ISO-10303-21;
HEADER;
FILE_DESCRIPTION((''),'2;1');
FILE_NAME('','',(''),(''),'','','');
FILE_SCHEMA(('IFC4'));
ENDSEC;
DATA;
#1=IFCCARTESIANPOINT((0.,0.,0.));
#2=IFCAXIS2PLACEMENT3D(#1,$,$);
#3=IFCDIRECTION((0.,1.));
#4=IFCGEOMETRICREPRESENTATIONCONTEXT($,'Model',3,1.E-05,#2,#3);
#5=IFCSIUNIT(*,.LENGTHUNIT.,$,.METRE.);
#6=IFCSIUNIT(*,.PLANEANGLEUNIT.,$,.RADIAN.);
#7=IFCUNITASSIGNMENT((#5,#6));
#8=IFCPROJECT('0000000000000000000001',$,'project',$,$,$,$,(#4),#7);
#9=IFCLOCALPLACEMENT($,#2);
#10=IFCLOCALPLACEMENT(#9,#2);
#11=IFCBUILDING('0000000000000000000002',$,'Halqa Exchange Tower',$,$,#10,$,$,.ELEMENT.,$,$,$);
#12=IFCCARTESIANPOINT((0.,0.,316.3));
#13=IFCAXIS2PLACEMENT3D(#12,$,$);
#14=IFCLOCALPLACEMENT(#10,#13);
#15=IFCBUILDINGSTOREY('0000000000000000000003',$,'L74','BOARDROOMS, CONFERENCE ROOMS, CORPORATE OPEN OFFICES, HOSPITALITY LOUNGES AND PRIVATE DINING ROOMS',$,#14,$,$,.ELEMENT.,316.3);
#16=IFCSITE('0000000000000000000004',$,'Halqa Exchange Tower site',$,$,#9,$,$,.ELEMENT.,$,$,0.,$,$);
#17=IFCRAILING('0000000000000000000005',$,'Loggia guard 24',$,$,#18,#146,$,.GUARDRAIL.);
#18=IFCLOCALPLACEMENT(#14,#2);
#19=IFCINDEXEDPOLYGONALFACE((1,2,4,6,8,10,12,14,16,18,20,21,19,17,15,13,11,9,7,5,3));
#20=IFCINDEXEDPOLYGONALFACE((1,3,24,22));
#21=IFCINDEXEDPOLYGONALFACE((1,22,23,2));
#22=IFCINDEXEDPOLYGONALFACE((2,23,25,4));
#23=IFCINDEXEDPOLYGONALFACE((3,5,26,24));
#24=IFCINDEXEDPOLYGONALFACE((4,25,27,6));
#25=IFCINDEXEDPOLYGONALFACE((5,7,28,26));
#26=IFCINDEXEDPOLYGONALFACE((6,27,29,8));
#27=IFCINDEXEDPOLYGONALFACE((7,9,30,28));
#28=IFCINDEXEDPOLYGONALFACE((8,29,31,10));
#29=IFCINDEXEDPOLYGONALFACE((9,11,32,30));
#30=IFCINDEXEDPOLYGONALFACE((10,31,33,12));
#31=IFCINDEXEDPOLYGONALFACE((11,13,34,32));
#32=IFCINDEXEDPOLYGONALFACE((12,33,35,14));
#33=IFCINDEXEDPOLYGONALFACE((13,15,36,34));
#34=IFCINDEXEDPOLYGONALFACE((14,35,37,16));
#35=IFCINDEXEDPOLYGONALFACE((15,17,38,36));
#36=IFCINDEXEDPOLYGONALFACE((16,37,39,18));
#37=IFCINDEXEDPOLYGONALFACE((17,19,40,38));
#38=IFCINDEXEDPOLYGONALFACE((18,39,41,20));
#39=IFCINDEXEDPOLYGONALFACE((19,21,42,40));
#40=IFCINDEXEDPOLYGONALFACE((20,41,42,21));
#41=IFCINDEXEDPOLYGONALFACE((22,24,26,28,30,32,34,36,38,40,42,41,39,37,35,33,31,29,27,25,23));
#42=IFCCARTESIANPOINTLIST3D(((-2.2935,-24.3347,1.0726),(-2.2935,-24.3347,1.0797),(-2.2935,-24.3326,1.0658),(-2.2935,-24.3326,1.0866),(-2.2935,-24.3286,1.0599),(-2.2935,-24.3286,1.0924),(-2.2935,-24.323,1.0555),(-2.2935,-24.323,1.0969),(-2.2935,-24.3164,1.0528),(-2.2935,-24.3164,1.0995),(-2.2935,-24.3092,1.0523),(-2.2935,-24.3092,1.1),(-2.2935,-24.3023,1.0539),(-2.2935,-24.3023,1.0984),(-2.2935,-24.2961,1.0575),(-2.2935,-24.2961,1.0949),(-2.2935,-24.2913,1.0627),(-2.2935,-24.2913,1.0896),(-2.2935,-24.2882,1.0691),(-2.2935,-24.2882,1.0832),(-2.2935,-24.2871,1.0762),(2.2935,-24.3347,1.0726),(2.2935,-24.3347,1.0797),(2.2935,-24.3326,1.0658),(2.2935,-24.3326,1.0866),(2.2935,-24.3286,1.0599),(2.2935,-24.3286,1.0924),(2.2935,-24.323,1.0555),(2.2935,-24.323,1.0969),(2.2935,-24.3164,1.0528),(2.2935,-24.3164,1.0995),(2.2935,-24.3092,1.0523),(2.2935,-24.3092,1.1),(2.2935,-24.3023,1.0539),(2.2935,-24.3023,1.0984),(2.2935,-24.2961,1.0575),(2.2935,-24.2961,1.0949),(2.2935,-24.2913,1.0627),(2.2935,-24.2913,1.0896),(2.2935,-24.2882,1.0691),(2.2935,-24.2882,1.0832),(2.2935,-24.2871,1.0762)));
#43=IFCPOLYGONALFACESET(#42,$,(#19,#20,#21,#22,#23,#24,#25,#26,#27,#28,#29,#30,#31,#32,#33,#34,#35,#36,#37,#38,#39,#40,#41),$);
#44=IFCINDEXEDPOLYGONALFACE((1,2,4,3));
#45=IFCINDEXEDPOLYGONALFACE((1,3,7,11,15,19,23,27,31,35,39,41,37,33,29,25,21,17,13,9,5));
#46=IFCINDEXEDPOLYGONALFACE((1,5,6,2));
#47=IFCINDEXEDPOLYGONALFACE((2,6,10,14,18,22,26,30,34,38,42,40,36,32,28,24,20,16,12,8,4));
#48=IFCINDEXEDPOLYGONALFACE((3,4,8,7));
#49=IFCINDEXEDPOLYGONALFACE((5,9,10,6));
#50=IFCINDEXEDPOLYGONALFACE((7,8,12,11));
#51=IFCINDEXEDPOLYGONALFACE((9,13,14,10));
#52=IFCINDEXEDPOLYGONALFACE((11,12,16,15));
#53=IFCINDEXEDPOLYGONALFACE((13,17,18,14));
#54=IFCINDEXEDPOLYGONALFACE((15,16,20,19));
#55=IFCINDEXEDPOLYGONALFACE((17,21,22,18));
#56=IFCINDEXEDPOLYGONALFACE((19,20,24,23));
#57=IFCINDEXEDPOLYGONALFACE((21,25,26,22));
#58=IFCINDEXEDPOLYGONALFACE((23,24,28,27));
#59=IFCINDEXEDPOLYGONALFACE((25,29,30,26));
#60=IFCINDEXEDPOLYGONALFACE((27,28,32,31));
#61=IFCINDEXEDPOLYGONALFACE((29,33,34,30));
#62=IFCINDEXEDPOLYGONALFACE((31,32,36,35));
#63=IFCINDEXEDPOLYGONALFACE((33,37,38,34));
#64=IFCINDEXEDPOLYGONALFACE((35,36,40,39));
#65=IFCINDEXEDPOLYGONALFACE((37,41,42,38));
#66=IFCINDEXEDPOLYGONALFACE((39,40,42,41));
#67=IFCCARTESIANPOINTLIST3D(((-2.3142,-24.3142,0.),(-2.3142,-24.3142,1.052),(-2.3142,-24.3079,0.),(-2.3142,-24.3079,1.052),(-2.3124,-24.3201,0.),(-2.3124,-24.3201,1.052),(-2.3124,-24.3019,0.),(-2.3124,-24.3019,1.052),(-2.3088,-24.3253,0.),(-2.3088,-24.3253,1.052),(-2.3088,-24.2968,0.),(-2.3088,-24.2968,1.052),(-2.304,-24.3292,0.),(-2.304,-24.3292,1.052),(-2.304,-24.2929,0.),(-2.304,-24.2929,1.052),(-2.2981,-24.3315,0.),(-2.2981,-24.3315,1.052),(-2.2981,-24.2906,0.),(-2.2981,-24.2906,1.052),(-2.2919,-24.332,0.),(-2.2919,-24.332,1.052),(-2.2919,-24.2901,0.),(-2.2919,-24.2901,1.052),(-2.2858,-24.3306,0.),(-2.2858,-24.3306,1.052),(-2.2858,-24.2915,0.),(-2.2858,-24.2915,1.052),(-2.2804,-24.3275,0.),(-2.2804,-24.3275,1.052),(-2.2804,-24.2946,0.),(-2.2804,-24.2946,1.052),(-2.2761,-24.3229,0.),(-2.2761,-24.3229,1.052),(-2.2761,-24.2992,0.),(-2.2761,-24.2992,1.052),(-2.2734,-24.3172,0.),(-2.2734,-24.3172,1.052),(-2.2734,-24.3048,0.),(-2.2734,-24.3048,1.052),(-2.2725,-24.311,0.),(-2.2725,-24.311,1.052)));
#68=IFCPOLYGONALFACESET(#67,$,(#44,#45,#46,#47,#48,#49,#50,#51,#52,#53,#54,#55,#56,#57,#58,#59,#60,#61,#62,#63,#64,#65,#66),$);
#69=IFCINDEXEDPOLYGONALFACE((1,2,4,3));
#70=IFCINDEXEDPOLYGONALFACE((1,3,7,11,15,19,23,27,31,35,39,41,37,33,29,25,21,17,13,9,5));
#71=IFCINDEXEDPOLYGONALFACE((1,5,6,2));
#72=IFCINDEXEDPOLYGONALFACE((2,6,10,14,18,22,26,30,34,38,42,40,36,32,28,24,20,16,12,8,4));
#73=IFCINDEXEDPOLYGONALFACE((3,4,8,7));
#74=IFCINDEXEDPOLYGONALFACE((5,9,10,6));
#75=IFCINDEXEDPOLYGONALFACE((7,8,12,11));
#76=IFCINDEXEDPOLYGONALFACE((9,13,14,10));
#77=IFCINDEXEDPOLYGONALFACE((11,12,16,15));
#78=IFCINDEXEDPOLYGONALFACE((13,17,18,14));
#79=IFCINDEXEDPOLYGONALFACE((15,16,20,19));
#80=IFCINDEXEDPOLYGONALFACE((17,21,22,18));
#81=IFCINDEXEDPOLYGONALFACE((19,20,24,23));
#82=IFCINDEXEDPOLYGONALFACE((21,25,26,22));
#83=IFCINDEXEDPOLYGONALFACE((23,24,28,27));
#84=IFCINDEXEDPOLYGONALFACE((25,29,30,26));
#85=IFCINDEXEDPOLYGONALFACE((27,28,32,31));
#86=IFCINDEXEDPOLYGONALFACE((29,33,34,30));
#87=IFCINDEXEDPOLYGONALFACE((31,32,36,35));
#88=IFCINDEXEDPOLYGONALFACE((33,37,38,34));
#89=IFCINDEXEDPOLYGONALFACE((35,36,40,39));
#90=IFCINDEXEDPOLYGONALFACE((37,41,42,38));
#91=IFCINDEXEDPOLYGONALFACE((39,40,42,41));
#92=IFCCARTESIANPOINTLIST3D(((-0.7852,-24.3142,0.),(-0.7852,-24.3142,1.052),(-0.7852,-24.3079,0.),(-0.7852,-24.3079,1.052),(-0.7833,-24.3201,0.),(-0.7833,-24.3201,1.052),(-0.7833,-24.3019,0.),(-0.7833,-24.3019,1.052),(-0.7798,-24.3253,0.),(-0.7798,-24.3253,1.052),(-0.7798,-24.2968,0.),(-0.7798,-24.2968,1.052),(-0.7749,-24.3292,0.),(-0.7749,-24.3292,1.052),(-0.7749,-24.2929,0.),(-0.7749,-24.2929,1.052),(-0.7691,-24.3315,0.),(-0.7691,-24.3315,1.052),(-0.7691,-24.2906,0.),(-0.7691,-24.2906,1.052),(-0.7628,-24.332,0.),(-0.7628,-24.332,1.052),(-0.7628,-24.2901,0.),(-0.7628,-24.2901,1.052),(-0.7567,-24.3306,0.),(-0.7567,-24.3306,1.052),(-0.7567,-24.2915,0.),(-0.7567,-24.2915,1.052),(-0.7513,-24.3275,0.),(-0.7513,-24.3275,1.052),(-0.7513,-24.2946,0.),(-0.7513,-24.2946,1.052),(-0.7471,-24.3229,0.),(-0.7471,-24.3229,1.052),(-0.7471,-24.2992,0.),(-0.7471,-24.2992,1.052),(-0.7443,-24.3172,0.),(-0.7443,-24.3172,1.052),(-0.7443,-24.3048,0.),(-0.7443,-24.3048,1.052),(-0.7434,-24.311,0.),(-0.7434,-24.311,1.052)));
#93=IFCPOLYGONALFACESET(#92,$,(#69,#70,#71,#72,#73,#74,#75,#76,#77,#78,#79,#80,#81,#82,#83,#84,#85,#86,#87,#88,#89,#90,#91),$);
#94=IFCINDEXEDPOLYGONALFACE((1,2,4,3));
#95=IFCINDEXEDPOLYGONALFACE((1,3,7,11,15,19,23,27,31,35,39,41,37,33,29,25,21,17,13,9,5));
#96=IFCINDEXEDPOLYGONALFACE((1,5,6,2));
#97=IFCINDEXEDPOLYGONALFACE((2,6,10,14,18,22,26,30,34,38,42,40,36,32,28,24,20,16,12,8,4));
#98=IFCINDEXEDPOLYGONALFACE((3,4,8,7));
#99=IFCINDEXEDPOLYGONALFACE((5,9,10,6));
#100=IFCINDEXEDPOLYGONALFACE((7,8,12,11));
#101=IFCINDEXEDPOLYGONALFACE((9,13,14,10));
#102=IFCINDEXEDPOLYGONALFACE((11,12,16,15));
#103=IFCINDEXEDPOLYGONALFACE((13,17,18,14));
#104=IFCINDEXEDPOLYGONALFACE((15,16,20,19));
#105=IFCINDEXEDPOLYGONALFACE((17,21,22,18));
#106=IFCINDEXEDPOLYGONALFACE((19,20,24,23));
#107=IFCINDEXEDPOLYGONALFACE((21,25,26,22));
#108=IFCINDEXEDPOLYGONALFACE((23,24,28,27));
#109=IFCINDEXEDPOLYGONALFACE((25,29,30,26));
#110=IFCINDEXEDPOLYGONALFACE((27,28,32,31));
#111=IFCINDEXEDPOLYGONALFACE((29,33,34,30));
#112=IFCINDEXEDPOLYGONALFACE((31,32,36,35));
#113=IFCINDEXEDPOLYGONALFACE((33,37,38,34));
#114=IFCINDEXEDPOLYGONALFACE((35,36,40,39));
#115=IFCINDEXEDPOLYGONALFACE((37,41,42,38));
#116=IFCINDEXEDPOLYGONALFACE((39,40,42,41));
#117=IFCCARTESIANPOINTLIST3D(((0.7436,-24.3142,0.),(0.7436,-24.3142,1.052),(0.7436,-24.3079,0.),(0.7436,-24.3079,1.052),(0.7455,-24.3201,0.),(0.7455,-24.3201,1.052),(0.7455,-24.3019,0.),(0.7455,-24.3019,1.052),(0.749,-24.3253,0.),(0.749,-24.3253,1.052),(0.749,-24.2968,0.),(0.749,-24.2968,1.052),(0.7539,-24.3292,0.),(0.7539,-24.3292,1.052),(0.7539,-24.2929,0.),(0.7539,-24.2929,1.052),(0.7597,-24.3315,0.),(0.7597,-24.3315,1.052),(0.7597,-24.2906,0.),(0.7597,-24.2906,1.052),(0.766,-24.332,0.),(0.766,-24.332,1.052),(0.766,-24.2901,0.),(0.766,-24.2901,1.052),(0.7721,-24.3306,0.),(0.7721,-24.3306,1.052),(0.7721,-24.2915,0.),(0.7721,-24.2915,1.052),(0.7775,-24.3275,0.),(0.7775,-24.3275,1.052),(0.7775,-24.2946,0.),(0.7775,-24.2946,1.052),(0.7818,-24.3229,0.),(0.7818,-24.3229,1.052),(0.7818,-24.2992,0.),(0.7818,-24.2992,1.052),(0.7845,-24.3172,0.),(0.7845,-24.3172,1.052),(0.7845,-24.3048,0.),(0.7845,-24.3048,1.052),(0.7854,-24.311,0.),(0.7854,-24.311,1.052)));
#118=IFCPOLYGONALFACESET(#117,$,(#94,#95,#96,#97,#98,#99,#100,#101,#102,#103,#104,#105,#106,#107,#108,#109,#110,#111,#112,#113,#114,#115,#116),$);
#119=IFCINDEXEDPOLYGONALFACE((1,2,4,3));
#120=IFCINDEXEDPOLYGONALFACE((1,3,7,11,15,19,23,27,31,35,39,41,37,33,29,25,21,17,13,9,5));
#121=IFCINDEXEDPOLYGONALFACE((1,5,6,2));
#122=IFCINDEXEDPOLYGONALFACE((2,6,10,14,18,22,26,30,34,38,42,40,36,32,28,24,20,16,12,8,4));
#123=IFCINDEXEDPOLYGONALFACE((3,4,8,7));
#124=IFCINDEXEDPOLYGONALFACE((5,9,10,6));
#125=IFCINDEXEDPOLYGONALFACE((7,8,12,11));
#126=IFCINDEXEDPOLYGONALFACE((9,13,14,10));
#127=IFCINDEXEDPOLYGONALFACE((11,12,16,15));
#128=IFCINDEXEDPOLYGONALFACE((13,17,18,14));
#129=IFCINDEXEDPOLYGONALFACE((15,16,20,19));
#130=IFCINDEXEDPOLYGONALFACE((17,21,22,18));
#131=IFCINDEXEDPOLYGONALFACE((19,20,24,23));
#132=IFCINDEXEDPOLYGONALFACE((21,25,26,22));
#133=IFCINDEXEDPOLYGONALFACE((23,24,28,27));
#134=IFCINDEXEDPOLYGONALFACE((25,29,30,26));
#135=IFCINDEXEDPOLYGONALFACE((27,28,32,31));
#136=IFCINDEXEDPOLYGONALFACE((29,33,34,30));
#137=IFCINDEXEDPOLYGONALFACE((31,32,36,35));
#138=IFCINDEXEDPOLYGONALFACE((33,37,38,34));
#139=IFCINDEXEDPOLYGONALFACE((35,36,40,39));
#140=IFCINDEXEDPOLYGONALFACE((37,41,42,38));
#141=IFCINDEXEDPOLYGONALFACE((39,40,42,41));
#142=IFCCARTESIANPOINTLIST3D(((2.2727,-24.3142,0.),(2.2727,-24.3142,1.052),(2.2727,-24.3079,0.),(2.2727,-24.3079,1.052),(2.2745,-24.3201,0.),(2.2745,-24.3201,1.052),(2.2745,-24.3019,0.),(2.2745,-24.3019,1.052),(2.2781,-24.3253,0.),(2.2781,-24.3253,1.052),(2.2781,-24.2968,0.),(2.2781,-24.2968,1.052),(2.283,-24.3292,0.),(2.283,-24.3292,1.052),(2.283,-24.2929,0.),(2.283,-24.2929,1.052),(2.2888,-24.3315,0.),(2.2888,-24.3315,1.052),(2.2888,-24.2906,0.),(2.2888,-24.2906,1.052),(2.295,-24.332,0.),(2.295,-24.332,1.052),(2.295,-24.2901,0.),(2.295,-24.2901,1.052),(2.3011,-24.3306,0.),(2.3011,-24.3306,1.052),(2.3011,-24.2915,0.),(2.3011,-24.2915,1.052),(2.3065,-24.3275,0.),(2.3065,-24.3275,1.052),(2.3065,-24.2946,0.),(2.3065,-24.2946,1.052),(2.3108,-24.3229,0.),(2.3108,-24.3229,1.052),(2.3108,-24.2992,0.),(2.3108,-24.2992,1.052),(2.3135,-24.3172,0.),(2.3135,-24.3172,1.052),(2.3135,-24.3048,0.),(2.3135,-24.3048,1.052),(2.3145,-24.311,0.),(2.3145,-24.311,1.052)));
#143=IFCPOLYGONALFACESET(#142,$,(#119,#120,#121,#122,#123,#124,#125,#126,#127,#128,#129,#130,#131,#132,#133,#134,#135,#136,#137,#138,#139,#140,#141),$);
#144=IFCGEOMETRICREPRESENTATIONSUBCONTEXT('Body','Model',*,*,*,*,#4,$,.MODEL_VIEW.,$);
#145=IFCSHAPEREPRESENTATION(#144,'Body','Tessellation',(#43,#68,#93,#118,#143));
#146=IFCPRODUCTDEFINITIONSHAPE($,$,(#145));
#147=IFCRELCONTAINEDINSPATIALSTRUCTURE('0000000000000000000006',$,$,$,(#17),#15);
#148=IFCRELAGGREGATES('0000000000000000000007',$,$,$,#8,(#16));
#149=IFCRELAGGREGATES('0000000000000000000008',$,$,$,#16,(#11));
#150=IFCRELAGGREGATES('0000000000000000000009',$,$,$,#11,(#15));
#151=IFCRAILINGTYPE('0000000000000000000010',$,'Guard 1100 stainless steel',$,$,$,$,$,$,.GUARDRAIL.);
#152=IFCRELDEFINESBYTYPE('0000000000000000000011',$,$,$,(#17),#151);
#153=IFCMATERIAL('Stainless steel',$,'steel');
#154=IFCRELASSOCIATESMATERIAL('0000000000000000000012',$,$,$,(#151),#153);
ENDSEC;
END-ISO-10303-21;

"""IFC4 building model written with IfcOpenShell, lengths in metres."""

from ifc_helpers import new_model, si_unit, direction, frame, origin, origin_2d, place, context, subcontext, project, spatial, circle, extrude, material, type_object, element, save


model = new_model("IFC4")

# Units and contexts
model_context = context("Model", 3, precision=1e-05, world=origin(), true_north=direction((0.0, 1.0)))
body_context = subcontext(model_context, "Body", "Model", "MODEL_VIEW")
ifc_project = project(units=[si_unit("LENGTHUNIT", "METRE"), si_unit("PLANEANGLEUNIT", "RADIAN")], contexts=[model_context])

# Site, building, storey
site_placement = place(None, origin())
site = spatial("IfcSite", under=ifc_project, at=site_placement, Name="Halqa Exchange Tower site", CompositionType="ELEMENT", RefElevation=0.0)
building_placement = place(site_placement, origin())
building = spatial("IfcBuilding", under=site, at=building_placement, Name="Halqa Exchange Tower", CompositionType="ELEMENT")
storey_placement = place(building_placement, frame((0.0, 0.0, 316.3)))
storey = spatial("IfcBuildingStorey", under=building, at=storey_placement, Name="L74", Description="BOARDROOMS, CONFERENCE ROOMS, CORPORATE OPEN OFFICES, HOSPITALITY LOUNGES AND PRIVATE DINING ROOMS", CompositionType="ELEMENT", Elevation=316.3)

# Railing
ifc_material_1 = material(Name="Stainless steel", Category="steel")
railing_type = type_object("IfcRailingType", Name="Guard 1100 stainless steel", PredefinedType="GUARDRAIL", material=ifc_material_1)
railing_1_placement = place(storey_placement, frame((-2.2935, -24.311, 0.0)))
element("IfcRailing", 1, at=railing_1_placement, inside=storey, type_object=railing_type, Name="Loggia guard 24", PredefinedType="GUARDRAIL", context=body_context, shape_type="SweptSolid", body=[
    extrude(circle(Radius=0.0239, at=origin_2d()), frame((0.0, 0.0, 1.0762), z_axis=(1.0, 0.0, 0.0), x_axis=(0.0, 1.0, 0.0)), (0.0, 0.0, 1.0), 4.5869),
    extrude(circle(Radius=0.021, at=origin_2d()), origin(), (0.0, 0.0, 1.0), 1.052),
    extrude(circle(Radius=0.021, at=origin_2d()), frame((1.5291, 0.0, 0.0)), (0.0, 0.0, 1.0), 1.052),
    extrude(circle(Radius=0.021, at=origin_2d()), frame((3.0579, 0.0, 0.0)), (0.0, 0.0, 1.0), 1.052),
    extrude(circle(Radius=0.021, at=origin_2d()), frame((4.5869, 0.0, 0.0)), (0.0, 0.0, 1.0), 1.052),
])

save(model, "model.ifc")
